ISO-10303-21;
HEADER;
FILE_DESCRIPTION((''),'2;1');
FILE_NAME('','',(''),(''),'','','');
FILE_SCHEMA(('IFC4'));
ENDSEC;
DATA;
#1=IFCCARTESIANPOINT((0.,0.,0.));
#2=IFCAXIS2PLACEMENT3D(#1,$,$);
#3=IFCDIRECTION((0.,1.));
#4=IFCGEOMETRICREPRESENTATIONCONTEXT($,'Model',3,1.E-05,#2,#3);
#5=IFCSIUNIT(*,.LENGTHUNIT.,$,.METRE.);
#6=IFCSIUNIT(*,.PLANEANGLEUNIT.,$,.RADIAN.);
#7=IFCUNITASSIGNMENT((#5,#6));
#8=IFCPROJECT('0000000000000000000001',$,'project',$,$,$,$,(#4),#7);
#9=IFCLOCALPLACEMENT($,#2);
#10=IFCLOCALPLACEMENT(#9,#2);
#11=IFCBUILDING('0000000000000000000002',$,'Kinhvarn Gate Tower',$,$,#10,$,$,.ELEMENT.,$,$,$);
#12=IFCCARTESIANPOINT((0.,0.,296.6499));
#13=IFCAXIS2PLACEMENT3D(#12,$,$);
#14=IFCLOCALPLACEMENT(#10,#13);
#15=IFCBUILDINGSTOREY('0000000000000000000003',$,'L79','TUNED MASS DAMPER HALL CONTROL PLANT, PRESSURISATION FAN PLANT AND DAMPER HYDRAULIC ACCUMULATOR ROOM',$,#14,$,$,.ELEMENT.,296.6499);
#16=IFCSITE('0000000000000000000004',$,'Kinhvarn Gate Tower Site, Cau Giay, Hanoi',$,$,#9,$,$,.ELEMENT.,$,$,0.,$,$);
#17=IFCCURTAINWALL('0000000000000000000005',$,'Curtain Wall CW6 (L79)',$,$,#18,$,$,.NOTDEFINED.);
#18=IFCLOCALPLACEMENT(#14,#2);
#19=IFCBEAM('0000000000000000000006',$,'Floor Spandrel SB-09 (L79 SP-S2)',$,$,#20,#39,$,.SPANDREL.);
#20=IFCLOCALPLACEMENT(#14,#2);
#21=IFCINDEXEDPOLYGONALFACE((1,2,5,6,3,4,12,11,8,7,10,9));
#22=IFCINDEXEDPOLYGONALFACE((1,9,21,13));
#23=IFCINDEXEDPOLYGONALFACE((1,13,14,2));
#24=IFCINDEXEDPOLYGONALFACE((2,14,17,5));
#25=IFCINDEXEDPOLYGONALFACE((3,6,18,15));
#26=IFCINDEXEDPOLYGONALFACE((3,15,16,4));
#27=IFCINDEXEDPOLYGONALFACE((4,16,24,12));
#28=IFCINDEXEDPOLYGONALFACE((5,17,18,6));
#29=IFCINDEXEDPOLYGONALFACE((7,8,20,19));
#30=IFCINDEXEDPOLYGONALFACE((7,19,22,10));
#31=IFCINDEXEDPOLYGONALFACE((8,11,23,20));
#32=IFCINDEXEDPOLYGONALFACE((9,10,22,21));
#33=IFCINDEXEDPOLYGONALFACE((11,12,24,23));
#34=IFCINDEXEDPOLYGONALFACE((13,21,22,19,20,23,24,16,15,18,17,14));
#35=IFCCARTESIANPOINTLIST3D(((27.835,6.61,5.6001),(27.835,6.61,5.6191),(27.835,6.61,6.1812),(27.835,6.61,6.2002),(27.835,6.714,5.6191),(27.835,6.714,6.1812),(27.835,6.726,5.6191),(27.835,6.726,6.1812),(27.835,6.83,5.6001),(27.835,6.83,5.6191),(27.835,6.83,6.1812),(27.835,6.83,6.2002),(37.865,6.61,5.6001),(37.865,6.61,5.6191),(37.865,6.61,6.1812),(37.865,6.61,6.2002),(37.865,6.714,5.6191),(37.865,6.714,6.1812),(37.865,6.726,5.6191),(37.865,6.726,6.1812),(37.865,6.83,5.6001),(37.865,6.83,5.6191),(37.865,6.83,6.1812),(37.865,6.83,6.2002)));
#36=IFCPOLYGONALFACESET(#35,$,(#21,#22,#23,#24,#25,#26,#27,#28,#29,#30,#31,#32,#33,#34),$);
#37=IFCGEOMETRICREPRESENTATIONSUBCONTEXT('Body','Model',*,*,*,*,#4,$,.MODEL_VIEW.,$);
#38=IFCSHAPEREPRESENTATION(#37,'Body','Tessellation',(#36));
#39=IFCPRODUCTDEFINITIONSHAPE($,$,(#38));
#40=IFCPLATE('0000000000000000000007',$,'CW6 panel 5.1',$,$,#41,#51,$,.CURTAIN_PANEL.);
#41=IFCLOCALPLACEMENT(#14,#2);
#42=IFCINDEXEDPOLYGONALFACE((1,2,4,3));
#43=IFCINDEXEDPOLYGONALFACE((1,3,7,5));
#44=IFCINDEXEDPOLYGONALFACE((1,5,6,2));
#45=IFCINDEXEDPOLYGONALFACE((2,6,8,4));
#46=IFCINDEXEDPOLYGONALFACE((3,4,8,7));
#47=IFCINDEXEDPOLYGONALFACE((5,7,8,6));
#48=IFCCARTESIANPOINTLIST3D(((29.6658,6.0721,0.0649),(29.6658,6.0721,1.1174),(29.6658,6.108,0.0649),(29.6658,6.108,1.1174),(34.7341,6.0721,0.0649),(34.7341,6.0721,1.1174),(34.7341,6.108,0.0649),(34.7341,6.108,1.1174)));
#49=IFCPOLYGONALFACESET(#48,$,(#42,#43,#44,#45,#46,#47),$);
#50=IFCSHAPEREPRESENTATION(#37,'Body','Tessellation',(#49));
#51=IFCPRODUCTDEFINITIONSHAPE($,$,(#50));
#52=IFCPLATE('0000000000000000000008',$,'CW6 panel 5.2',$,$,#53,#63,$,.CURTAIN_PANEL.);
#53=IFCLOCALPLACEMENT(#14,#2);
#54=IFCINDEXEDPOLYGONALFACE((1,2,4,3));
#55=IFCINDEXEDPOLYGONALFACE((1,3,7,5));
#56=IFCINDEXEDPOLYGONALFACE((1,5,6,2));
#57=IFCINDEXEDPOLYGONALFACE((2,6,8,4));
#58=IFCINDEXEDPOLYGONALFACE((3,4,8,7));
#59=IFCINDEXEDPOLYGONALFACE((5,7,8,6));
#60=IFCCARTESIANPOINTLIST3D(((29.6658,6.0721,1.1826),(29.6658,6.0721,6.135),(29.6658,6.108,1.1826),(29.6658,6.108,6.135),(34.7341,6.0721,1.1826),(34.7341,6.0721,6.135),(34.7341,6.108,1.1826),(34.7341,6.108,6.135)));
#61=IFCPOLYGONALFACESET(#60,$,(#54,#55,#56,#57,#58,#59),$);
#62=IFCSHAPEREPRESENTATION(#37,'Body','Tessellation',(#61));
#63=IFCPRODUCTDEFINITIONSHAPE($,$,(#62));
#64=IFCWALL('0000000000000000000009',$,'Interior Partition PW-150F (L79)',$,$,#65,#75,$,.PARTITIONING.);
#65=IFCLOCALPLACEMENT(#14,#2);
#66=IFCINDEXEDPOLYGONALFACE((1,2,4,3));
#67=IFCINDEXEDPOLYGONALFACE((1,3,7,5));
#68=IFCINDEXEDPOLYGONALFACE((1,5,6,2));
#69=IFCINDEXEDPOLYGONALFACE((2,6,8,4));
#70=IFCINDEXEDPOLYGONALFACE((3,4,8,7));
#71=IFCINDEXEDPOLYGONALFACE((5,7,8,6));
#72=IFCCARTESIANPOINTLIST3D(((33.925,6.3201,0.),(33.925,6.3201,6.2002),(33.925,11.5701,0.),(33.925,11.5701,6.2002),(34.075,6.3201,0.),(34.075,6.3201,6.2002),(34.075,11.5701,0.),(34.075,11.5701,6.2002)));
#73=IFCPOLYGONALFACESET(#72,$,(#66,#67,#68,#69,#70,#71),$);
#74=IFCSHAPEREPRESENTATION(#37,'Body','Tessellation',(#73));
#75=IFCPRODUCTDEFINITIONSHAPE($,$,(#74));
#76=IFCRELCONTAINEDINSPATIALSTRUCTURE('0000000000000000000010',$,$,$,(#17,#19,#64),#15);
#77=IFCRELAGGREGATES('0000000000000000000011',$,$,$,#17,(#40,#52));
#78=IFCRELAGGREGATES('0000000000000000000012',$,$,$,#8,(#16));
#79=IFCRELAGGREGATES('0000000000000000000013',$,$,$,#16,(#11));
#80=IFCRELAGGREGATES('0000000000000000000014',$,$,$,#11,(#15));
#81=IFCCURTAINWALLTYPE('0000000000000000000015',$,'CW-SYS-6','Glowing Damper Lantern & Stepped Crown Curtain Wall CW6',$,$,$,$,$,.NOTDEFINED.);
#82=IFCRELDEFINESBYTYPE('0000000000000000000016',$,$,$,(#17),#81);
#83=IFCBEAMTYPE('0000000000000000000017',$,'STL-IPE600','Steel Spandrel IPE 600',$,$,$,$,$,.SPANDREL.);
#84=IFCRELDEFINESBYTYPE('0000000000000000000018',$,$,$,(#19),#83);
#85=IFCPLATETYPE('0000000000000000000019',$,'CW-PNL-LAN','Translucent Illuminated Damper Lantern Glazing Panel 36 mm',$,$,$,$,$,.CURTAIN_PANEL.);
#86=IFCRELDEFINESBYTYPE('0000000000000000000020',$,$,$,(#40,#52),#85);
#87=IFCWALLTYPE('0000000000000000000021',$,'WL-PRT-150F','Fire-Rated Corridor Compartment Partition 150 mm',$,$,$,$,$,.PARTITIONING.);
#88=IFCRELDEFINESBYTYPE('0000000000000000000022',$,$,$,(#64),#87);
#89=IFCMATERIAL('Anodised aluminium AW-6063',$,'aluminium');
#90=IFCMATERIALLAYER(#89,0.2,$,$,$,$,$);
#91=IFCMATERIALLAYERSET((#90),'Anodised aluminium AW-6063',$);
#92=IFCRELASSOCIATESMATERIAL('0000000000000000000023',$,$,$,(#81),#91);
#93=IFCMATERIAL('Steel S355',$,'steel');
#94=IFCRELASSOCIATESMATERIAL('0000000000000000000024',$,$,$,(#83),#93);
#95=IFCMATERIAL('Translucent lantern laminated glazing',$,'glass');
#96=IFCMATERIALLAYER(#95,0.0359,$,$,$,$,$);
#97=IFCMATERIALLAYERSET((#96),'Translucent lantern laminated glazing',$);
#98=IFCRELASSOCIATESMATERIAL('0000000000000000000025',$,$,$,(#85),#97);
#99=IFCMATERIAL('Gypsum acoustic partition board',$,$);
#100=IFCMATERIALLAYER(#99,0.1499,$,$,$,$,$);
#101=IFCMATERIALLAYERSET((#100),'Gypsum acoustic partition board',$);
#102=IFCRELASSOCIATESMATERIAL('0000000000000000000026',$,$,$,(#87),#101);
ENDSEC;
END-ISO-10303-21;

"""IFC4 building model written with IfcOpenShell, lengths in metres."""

from ifc_helpers import new_model, si_unit, direction, frame, frame_2d, origin, origin_2d, place, context, subcontext, project, spatial, rectangle, i_section, extrude, material, layer, layer_set, material_profile, profile_set, type_object, element, aggregate, save


model = new_model("IFC4")

# Units and contexts
model_context = context("Model", 3, precision=1e-05, world=origin(), true_north=direction((0.0, 1.0)))
body_context = subcontext(model_context, "Body", "Model", "MODEL_VIEW")
ifc_project = project(units=[si_unit("LENGTHUNIT", "METRE"), si_unit("PLANEANGLEUNIT", "RADIAN")], contexts=[model_context])

# Site, building, storey
site_placement = place(None, origin())
site = spatial("IfcSite", under=ifc_project, at=site_placement, Name="Kinhvarn Gate Tower Site, Cau Giay, Hanoi", CompositionType="ELEMENT", RefElevation=0.0)
building_placement = place(site_placement, origin())
building = spatial("IfcBuilding", under=site, at=building_placement, Name="Kinhvarn Gate Tower", CompositionType="ELEMENT")
storey_placement = place(building_placement, frame((0.0, 0.0, 296.6499)))
storey = spatial("IfcBuildingStorey", under=building, at=storey_placement, Name="L79", Description="TUNED MASS DAMPER HALL CONTROL PLANT, PRESSURISATION FAN PLANT AND DAMPER HYDRAULIC ACCUMULATOR ROOM", CompositionType="ELEMENT", Elevation=296.6499)

# Shared definitions
ifc_material_1 = material(Name="Steel S355", Category="steel")

# Curtain wall
ifc_material_2 = material(Name="Anodised aluminium AW-6063", Category="aluminium")
ifc_layer_1 = layer(ifc_material_2, 0.2)
ifc_layer_set_1 = layer_set([ifc_layer_1], Name="Anodised aluminium AW-6063")
curtain_wall_type = type_object("IfcCurtainWallType", Name="CW-SYS-6", Description="Glowing Damper Lantern & Stepped Crown Curtain Wall CW6", PredefinedType="NOTDEFINED", material=ifc_layer_set_1)
curtain_wall_placement = place(storey_placement, origin())
curtain_wall = element("IfcCurtainWall", 1, at=curtain_wall_placement, inside=storey, type_object=curtain_wall_type, Name="Curtain Wall CW6 (L79)", PredefinedType="NOTDEFINED")

# Beam
ifc_material_profile_1 = material_profile(ifc_material_1, i_section(OverallWidth=0.22, OverallDepth=0.6001, WebThickness=0.012, FlangeThickness=0.019, at=origin_2d()), Name="IPE 600")
ifc_profile_set_1 = profile_set([ifc_material_profile_1], Name="Steel S355")
beam_type_1 = type_object("IfcBeamType", Name="STL-IPE600", Description="Steel Spandrel IPE 600", PredefinedType="SPANDREL", material=ifc_profile_set_1)
beam_1_placement = place(storey_placement, frame((27.835, 6.72, 5.9001), z_axis=(1.0, 0.0, 0.0), x_axis=(0.0, 1.0, 0.0)))
element("IfcBeam", 2, at=beam_1_placement, inside=storey, type_object=beam_type_1, Name="Floor Spandrel SB-09 (L79 SP-S2)", PredefinedType="SPANDREL", context=body_context, shape_type="SweptSolid", body=[
    extrude(i_section(OverallWidth=0.22, OverallDepth=0.6001, WebThickness=0.012, FlangeThickness=0.019, at=origin_2d()), origin(), (0.0, 0.0, 1.0), 10.03),
])

# Plates
ifc_material_3 = material(Name="Translucent lantern laminated glazing", Category="glass")
ifc_layer_2 = layer(ifc_material_3, 0.0359)
ifc_layer_set_2 = layer_set([ifc_layer_2], Name="Translucent lantern laminated glazing")
plate_type = type_object("IfcPlateType", Name="CW-PNL-LAN", Description="Translucent Illuminated Damper Lantern Glazing Panel 36 mm", PredefinedType="CURTAIN_PANEL", material=ifc_layer_set_2)
plate_1_placement = place(storey_placement, frame((32.2, 6.0901, 0.0649), z_axis=(0.0, 0.0, 1.0), x_axis=(1.0, 0.0, 0.0)))
plate_1 = element("IfcPlate", 3, at=plate_1_placement, type_object=plate_type, Name="CW6 panel 5.1", PredefinedType="CURTAIN_PANEL", context=body_context, shape_type="SweptSolid", body=[
    extrude(rectangle(XDim=5.0684, YDim=0.0359, at=origin_2d()), origin(), (0.0, 0.0, 1.0), 1.0525),
])
plate_2_placement = place(storey_placement, frame((32.2, 6.0901, 1.1826), z_axis=(0.0, 0.0, 1.0), x_axis=(1.0, 0.0, 0.0)))
plate_2 = element("IfcPlate", 4, at=plate_2_placement, type_object=plate_type, Name="CW6 panel 5.2", PredefinedType="CURTAIN_PANEL", context=body_context, shape_type="SweptSolid", body=[
    extrude(rectangle(XDim=5.0684, YDim=0.0359, at=origin_2d()), origin(), (0.0, 0.0, 1.0), 4.9524),
])
aggregate(curtain_wall, [plate_1, plate_2])

# Wall
ifc_material_4 = material(Name="Gypsum acoustic partition board")
ifc_layer_3 = layer(ifc_material_4, 0.1499)
ifc_layer_set_3 = layer_set([ifc_layer_3], Name="Gypsum acoustic partition board")
wall_type = type_object("IfcWallType", Name="WL-PRT-150F", Description="Fire-Rated Corridor Compartment Partition 150 mm", PredefinedType="PARTITIONING", material=ifc_layer_set_3)
wall_placement = place(storey_placement, frame((34.0, 11.5701, 0.0), z_axis=(0.0, 0.0, 1.0), x_axis=(0.0, -1.0, 0.0)))
element("IfcWall", 5, at=wall_placement, inside=storey, type_object=wall_type, Name="Interior Partition PW-150F (L79)", PredefinedType="PARTITIONING", context=body_context, shape_type="SweptSolid", body=[
    extrude(rectangle(XDim=5.25, YDim=0.1499, at=frame_2d((2.625, 0.0))), origin(), (0.0, 0.0, 1.0), 6.2002),
])

save(model, "model.ifc")
